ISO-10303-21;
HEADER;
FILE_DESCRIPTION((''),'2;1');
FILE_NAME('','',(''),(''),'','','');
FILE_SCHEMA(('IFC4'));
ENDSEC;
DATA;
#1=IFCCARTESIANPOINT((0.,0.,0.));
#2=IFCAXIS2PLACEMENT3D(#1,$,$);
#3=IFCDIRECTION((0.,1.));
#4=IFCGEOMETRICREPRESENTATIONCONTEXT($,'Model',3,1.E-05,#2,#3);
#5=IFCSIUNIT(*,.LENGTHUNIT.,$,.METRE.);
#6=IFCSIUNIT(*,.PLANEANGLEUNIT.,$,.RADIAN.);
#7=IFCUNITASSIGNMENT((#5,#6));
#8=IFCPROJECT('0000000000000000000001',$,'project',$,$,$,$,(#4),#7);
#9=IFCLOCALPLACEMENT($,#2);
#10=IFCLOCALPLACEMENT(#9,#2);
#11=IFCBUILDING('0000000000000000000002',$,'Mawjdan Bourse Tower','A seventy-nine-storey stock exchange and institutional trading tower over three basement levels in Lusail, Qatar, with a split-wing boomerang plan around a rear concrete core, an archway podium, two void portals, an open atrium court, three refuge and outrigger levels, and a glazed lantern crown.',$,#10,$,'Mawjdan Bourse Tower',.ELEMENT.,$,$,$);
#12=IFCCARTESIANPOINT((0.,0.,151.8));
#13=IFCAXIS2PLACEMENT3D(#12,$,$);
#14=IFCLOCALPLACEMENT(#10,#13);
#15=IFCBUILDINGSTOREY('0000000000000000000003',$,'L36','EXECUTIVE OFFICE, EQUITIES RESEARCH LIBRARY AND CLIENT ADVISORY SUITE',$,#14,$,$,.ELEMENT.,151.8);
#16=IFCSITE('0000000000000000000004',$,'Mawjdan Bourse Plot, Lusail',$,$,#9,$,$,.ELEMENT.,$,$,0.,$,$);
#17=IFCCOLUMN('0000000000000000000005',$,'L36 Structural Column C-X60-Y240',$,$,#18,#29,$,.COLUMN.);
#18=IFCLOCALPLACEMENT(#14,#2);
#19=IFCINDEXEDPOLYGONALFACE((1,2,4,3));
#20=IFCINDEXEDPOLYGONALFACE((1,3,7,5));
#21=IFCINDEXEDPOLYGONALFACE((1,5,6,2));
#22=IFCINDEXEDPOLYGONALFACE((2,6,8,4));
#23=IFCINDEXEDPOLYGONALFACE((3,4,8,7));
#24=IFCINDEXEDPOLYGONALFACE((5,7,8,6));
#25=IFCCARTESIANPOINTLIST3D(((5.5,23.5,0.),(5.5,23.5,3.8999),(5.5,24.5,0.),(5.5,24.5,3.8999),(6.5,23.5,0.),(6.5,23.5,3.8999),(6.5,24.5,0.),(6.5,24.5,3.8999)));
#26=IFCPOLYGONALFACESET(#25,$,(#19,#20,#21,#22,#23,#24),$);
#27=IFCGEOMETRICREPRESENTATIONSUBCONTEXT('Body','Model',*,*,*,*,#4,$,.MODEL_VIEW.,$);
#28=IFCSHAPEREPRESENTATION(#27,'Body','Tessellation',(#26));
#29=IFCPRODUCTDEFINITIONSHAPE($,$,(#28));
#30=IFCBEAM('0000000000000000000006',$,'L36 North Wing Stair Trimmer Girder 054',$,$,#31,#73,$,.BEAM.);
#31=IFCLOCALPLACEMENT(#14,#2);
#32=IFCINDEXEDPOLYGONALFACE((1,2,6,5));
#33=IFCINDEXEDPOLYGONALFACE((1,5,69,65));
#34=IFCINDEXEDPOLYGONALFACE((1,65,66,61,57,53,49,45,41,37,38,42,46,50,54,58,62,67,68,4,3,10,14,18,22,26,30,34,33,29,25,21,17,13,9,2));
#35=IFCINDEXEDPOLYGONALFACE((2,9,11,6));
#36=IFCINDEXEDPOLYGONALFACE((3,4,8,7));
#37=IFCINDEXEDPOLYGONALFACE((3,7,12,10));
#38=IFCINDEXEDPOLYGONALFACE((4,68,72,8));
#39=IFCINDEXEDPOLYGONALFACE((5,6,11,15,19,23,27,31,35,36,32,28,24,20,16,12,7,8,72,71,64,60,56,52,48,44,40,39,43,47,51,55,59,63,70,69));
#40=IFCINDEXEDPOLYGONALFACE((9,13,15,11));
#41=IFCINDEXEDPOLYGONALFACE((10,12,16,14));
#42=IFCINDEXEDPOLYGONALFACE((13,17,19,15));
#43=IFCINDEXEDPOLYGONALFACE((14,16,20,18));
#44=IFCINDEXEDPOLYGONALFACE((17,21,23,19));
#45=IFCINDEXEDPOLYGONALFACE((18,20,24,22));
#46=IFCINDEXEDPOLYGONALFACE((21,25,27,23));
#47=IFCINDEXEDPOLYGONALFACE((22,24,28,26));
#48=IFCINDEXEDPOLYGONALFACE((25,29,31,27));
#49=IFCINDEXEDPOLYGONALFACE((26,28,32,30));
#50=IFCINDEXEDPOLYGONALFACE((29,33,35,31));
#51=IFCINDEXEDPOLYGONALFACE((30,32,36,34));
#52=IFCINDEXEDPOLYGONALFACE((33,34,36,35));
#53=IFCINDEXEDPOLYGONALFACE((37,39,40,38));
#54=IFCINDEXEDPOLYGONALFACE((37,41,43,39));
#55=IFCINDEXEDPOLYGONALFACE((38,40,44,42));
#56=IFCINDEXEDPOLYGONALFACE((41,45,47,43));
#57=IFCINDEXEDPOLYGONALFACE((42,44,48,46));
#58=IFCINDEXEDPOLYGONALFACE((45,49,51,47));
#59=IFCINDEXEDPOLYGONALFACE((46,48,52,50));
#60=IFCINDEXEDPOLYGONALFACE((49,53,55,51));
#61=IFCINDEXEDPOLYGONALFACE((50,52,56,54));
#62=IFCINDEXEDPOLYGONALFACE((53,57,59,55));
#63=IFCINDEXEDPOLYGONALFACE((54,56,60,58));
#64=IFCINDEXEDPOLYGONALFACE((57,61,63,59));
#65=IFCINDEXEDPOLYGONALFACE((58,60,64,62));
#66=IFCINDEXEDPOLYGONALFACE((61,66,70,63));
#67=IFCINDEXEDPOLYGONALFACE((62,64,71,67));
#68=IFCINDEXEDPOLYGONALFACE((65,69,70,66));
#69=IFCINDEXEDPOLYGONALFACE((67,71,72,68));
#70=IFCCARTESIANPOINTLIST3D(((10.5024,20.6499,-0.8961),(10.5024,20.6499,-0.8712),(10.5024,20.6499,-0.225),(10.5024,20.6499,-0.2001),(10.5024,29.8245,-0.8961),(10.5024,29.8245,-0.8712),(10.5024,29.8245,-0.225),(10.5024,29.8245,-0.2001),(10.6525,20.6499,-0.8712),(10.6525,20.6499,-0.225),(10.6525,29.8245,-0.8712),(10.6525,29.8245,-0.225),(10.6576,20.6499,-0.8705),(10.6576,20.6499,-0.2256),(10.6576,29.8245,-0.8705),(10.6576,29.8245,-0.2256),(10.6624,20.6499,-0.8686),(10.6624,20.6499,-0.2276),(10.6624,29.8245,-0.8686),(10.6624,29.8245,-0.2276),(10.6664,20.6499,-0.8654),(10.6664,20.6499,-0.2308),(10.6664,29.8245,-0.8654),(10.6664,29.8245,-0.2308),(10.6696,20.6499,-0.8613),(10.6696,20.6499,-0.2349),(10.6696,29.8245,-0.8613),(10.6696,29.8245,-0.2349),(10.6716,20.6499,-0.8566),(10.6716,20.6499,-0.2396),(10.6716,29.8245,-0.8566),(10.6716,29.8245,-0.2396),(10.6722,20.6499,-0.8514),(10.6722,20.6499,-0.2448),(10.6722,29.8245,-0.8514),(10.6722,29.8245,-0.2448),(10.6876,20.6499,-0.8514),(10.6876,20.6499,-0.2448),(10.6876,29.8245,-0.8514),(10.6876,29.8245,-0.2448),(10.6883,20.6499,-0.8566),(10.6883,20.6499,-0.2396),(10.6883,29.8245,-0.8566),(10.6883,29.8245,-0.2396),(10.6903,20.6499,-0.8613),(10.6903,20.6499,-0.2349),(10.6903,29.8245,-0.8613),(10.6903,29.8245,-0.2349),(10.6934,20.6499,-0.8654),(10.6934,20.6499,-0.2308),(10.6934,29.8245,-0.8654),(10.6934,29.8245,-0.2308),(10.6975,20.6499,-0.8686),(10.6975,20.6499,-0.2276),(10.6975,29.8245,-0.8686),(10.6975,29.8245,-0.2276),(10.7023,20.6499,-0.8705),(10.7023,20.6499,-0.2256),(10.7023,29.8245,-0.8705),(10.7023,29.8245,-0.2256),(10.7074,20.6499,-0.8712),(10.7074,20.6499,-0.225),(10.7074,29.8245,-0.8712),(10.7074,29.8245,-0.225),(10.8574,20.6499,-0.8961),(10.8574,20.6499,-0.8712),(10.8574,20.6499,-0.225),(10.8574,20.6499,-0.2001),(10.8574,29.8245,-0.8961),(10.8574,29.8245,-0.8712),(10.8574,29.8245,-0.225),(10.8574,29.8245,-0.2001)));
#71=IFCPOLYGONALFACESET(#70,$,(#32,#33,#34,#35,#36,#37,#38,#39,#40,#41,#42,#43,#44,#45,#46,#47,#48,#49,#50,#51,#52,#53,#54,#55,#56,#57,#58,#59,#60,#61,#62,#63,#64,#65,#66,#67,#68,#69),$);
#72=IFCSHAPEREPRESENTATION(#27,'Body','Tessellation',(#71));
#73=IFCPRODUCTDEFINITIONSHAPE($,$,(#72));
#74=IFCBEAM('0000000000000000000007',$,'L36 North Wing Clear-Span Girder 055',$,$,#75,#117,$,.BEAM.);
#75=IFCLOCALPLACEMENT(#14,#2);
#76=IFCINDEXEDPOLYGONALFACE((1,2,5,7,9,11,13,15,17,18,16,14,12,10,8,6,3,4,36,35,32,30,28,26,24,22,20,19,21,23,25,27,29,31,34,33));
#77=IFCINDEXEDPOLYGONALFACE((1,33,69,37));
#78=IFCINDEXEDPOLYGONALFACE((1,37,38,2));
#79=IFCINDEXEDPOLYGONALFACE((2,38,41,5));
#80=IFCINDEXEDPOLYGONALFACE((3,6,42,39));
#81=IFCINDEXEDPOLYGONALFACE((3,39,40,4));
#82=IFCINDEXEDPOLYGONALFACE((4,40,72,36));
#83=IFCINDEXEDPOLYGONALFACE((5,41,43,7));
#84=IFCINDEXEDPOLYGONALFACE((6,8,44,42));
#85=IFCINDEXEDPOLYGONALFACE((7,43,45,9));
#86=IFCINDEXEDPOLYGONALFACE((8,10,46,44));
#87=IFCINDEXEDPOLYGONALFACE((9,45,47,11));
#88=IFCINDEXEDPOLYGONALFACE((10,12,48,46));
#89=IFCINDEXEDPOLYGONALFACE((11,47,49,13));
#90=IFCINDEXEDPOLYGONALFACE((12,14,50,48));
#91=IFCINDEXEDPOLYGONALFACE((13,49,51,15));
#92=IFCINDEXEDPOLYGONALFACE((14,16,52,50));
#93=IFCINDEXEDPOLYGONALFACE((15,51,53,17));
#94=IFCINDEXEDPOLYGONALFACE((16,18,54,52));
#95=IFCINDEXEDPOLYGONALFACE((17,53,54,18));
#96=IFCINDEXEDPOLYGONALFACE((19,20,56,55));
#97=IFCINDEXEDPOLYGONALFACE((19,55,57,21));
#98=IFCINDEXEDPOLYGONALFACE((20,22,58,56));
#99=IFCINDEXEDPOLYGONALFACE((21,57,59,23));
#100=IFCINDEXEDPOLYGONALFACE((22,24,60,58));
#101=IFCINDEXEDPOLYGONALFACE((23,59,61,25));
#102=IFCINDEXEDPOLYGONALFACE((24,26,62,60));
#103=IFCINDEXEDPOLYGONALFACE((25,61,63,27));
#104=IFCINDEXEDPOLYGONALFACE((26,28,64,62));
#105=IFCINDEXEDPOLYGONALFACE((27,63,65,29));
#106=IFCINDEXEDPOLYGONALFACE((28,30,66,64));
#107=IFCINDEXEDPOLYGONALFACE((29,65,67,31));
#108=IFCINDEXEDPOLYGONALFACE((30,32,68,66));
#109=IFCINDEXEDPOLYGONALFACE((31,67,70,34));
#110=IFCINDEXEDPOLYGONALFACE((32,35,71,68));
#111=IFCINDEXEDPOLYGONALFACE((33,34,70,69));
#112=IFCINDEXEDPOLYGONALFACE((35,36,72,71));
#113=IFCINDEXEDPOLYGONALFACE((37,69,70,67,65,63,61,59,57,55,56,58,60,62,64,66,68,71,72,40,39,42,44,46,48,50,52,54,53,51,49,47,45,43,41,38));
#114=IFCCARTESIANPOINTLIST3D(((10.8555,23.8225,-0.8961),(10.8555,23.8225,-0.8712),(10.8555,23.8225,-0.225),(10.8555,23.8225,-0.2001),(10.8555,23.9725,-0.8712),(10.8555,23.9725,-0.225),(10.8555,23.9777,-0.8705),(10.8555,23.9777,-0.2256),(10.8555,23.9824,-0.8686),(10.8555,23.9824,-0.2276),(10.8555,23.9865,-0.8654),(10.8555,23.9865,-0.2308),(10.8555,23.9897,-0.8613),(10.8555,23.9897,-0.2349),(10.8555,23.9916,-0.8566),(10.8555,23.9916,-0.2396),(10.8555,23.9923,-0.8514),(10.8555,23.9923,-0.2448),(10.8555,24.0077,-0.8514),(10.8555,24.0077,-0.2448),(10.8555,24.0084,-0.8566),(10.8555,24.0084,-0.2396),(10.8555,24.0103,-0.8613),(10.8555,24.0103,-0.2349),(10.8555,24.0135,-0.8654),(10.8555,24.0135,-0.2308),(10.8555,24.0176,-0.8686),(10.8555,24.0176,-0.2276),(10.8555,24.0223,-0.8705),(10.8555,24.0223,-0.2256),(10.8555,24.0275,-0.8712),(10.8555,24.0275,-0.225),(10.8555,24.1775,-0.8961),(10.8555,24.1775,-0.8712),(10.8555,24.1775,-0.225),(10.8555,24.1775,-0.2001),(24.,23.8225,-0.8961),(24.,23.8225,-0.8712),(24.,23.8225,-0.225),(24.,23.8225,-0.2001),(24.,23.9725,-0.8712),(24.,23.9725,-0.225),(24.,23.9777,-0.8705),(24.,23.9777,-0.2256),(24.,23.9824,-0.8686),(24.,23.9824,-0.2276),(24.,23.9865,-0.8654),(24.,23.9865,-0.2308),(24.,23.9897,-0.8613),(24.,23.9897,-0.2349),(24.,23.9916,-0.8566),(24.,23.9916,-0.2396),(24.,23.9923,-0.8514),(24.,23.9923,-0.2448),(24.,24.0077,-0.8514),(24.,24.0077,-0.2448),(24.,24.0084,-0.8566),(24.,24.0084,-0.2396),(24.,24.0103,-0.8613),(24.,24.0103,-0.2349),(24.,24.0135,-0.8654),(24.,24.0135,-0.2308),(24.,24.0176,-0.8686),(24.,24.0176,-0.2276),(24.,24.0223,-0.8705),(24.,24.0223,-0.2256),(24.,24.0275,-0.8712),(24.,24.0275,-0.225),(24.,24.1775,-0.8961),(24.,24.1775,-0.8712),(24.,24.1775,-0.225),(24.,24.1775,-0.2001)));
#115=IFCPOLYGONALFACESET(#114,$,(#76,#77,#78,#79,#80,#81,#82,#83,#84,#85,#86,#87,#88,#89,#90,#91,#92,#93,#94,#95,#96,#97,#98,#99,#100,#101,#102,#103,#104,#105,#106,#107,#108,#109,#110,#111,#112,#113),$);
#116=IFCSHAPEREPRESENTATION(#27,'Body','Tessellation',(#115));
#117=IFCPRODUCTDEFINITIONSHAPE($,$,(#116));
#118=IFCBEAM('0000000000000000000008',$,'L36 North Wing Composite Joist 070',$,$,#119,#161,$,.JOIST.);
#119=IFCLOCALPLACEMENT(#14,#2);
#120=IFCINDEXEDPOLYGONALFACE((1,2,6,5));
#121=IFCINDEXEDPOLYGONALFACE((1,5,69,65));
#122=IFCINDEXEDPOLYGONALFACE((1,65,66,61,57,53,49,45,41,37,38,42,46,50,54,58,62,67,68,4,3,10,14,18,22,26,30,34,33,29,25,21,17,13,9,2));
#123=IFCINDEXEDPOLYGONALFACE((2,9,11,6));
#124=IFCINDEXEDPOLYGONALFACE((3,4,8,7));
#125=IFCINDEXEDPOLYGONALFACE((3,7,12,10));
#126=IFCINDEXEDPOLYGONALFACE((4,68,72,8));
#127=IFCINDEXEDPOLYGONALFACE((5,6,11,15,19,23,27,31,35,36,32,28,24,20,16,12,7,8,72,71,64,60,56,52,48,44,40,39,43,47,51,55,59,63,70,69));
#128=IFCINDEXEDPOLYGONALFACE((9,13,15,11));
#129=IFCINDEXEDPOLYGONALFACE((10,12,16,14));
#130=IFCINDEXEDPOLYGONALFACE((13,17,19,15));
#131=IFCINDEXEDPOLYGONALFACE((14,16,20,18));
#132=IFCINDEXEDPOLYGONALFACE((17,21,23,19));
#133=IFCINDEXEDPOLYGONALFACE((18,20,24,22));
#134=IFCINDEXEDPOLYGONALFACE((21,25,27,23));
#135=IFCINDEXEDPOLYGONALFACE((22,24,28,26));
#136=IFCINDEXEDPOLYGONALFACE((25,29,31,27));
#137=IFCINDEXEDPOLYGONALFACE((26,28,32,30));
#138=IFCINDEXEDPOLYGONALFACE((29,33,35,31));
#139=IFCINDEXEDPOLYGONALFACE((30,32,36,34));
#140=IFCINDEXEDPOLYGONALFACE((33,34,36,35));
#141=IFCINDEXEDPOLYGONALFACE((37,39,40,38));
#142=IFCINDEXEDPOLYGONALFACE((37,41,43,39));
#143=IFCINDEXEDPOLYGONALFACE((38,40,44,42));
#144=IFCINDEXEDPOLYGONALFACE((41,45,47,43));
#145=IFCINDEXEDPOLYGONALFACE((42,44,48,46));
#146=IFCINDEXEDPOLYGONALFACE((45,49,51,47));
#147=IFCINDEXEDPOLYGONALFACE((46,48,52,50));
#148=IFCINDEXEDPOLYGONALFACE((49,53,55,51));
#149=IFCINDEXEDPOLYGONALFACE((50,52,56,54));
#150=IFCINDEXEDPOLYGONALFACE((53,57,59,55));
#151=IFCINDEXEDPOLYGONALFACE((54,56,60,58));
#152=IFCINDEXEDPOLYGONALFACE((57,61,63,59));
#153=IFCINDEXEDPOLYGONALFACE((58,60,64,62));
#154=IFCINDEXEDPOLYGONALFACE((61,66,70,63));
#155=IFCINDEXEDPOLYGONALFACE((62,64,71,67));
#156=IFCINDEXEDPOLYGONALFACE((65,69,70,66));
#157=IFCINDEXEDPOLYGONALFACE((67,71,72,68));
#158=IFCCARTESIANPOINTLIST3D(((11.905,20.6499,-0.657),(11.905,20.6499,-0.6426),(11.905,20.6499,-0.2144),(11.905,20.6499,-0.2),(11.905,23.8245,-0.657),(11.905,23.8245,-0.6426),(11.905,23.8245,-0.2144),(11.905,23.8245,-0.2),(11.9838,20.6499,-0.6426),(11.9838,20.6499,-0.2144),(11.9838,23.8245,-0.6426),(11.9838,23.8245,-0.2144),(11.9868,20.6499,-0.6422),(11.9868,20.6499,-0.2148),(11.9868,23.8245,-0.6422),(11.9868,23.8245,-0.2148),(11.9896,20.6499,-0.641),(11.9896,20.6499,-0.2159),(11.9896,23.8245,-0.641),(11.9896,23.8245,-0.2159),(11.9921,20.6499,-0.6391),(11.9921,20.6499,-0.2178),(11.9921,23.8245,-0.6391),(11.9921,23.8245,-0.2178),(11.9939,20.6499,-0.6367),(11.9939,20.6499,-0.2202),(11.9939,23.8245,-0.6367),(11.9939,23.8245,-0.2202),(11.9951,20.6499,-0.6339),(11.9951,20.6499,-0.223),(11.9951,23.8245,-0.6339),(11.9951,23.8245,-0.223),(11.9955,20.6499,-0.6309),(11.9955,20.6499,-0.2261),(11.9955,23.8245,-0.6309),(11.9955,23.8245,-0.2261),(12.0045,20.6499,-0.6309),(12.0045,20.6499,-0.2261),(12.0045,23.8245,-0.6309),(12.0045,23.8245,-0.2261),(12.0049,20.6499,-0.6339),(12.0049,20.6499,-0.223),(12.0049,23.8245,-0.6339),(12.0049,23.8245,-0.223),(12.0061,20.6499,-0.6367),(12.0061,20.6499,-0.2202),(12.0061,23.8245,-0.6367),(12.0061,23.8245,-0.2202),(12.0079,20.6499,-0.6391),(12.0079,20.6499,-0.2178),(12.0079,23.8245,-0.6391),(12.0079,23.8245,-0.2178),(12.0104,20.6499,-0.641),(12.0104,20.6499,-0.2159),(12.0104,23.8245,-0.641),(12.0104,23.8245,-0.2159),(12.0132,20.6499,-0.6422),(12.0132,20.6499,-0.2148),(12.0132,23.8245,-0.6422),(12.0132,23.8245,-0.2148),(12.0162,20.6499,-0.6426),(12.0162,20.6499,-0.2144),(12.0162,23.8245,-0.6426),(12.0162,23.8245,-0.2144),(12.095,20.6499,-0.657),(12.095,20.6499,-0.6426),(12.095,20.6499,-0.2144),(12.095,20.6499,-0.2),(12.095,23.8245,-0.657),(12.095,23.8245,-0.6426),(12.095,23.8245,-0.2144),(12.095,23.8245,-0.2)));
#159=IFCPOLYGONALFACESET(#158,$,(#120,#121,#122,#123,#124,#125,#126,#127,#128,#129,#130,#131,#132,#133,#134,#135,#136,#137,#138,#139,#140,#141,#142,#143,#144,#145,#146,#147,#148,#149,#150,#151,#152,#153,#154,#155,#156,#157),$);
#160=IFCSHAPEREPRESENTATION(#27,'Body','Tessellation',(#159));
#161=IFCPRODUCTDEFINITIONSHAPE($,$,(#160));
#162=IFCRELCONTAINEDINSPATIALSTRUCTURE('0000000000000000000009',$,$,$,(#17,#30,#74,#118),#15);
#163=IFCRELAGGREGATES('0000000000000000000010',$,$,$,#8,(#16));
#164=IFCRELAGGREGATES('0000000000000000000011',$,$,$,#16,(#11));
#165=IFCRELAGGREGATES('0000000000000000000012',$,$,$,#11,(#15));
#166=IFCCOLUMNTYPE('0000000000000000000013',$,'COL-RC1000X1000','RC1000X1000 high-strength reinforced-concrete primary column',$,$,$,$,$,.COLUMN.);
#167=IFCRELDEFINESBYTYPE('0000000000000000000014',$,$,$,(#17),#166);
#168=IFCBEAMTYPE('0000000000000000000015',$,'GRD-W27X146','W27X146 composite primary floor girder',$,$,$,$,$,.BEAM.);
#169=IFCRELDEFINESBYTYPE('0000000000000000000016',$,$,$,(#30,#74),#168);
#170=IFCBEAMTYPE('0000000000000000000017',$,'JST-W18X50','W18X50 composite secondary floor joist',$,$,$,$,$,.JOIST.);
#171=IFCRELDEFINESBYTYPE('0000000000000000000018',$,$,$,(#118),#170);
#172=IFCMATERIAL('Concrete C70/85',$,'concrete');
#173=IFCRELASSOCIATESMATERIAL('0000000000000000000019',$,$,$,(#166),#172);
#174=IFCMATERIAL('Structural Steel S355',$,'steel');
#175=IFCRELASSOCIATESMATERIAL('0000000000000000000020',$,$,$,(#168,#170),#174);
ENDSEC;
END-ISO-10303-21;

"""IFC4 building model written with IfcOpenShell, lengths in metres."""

from ifc_helpers import new_model, si_unit, direction, frame, origin, origin_2d, place, context, subcontext, project, spatial, rectangle, i_section, extrude, material, material_profile, profile_set, type_object, element, save


model = new_model("IFC4")

# Units and contexts
model_context = context("Model", 3, precision=1e-05, world=origin(), true_north=direction((0.0, 1.0)))
body_context = subcontext(model_context, "Body", "Model", "MODEL_VIEW")
ifc_project = project(units=[si_unit("LENGTHUNIT", "METRE"), si_unit("PLANEANGLEUNIT", "RADIAN")], contexts=[model_context])

# Site, building, storey
site_placement = place(None, origin())
site = spatial("IfcSite", under=ifc_project, at=site_placement, Name="Mawjdan Bourse Plot, Lusail", CompositionType="ELEMENT", RefElevation=0.0)
building_placement = place(site_placement, origin())
building = spatial("IfcBuilding", under=site, at=building_placement, Name="Mawjdan Bourse Tower", Description="A seventy-nine-storey stock exchange and institutional trading tower over three basement levels in Lusail, Qatar, with a split-wing boomerang plan around a rear concrete core, an archway podium, two void portals, an open atrium court, three refuge and outrigger levels, and a glazed lantern crown.", LongName="Mawjdan Bourse Tower", CompositionType="ELEMENT")
storey_placement = place(building_placement, frame((0.0, 0.0, 151.8)))
storey = spatial("IfcBuildingStorey", under=building, at=storey_placement, Name="L36", Description="EXECUTIVE OFFICE, EQUITIES RESEARCH LIBRARY AND CLIENT ADVISORY SUITE", CompositionType="ELEMENT", Elevation=151.8)

# Column
ifc_material_1 = material(Name="Concrete C70/85", Category="concrete")
ifc_material_profile_1 = material_profile(ifc_material_1, rectangle(XDim=1.0, YDim=1.0, at=origin_2d()), Name="RC1000X1000")
ifc_profile_set_1 = profile_set([ifc_material_profile_1], Name="Concrete C70/85")
column_type = type_object("IfcColumnType", Name="COL-RC1000X1000", Description="RC1000X1000 high-strength reinforced-concrete primary column", PredefinedType="COLUMN", material=ifc_profile_set_1)
column_placement = place(storey_placement, frame((6.0, 24.0, 0.0), z_axis=(0.0, 0.0, 1.0), x_axis=(1.0, 0.0, 0.0)))
element("IfcColumn", 1, at=column_placement, inside=storey, type_object=column_type, Name="L36 Structural Column C-X60-Y240", PredefinedType="COLUMN", context=body_context, shape_type="SweptSolid", body=[
    extrude(rectangle(XDim=1.0, YDim=1.0, at=origin_2d()), origin(), (0.0, 0.0, 1.0), 3.8999),
])

# Beams
ifc_material_2 = material(Name="Structural Steel S355", Category="steel")
ifc_material_profile_2 = material_profile(ifc_material_2, i_section(OverallWidth=0.355, OverallDepth=0.696, WebThickness=0.0154, FlangeThickness=0.0249, FilletRadius=0.0198, at=origin_2d()), Name="W27X146")
ifc_profile_set_2 = profile_set([ifc_material_profile_2], Name="Structural Steel S355")
beam_type_1 = type_object("IfcBeamType", Name="GRD-W27X146", Description="W27X146 composite primary floor girder", PredefinedType="BEAM", material=ifc_profile_set_2)
beam_1_placement = place(storey_placement, frame((10.6799, 20.6499, -0.5481), z_axis=(0.0, 1.0, 0.0), x_axis=(-1.0, 0.0, 0.0)))
element("IfcBeam", 2, at=beam_1_placement, inside=storey, type_object=beam_type_1, Name="L36 North Wing Stair Trimmer Girder 054", PredefinedType="BEAM", context=body_context, shape_type="SweptSolid", body=[
    extrude(i_section(OverallWidth=0.355, OverallDepth=0.696, WebThickness=0.0154, FlangeThickness=0.0249, FilletRadius=0.0198, at=origin_2d()), origin(), (0.0, 0.0, 1.0), 9.1746),
])
beam_2_placement = place(storey_placement, frame((10.8555, 24.0, -0.5481), z_axis=(1.0, 0.0, 0.0), x_axis=(0.0, 1.0, 0.0)))
element("IfcBeam", 3, at=beam_2_placement, inside=storey, type_object=beam_type_1, Name="L36 North Wing Clear-Span Girder 055", PredefinedType="BEAM", context=body_context, shape_type="SweptSolid", body=[
    extrude(i_section(OverallWidth=0.355, OverallDepth=0.696, WebThickness=0.0154, FlangeThickness=0.0249, FilletRadius=0.0198, at=origin_2d()), origin(), (0.0, 0.0, 1.0), 13.1445),
])
ifc_material_profile_3 = material_profile(ifc_material_2, i_section(OverallWidth=0.1899, OverallDepth=0.457, WebThickness=0.009, FlangeThickness=0.0144, FilletRadius=0.0117, at=origin_2d()), Name="W18X50")
ifc_profile_set_3 = profile_set([ifc_material_profile_3], Name="Structural Steel S355")
beam_type_2 = type_object("IfcBeamType", Name="JST-W18X50", Description="W18X50 composite secondary floor joist", PredefinedType="JOIST", material=ifc_profile_set_3)
beam_3_placement = place(storey_placement, frame((12.0, 20.6499, -0.4285), z_axis=(0.0, 1.0, 0.0), x_axis=(-1.0, 0.0, 0.0)))
element("IfcBeam", 4, at=beam_3_placement, inside=storey, type_object=beam_type_2, Name="L36 North Wing Composite Joist 070", PredefinedType="JOIST", context=body_context, shape_type="SweptSolid", body=[
    extrude(i_section(OverallWidth=0.1899, OverallDepth=0.457, WebThickness=0.009, FlangeThickness=0.0144, FilletRadius=0.0117, at=origin_2d()), origin(), (0.0, 0.0, 1.0), 3.1746),
])

save(model, "model.ifc")
